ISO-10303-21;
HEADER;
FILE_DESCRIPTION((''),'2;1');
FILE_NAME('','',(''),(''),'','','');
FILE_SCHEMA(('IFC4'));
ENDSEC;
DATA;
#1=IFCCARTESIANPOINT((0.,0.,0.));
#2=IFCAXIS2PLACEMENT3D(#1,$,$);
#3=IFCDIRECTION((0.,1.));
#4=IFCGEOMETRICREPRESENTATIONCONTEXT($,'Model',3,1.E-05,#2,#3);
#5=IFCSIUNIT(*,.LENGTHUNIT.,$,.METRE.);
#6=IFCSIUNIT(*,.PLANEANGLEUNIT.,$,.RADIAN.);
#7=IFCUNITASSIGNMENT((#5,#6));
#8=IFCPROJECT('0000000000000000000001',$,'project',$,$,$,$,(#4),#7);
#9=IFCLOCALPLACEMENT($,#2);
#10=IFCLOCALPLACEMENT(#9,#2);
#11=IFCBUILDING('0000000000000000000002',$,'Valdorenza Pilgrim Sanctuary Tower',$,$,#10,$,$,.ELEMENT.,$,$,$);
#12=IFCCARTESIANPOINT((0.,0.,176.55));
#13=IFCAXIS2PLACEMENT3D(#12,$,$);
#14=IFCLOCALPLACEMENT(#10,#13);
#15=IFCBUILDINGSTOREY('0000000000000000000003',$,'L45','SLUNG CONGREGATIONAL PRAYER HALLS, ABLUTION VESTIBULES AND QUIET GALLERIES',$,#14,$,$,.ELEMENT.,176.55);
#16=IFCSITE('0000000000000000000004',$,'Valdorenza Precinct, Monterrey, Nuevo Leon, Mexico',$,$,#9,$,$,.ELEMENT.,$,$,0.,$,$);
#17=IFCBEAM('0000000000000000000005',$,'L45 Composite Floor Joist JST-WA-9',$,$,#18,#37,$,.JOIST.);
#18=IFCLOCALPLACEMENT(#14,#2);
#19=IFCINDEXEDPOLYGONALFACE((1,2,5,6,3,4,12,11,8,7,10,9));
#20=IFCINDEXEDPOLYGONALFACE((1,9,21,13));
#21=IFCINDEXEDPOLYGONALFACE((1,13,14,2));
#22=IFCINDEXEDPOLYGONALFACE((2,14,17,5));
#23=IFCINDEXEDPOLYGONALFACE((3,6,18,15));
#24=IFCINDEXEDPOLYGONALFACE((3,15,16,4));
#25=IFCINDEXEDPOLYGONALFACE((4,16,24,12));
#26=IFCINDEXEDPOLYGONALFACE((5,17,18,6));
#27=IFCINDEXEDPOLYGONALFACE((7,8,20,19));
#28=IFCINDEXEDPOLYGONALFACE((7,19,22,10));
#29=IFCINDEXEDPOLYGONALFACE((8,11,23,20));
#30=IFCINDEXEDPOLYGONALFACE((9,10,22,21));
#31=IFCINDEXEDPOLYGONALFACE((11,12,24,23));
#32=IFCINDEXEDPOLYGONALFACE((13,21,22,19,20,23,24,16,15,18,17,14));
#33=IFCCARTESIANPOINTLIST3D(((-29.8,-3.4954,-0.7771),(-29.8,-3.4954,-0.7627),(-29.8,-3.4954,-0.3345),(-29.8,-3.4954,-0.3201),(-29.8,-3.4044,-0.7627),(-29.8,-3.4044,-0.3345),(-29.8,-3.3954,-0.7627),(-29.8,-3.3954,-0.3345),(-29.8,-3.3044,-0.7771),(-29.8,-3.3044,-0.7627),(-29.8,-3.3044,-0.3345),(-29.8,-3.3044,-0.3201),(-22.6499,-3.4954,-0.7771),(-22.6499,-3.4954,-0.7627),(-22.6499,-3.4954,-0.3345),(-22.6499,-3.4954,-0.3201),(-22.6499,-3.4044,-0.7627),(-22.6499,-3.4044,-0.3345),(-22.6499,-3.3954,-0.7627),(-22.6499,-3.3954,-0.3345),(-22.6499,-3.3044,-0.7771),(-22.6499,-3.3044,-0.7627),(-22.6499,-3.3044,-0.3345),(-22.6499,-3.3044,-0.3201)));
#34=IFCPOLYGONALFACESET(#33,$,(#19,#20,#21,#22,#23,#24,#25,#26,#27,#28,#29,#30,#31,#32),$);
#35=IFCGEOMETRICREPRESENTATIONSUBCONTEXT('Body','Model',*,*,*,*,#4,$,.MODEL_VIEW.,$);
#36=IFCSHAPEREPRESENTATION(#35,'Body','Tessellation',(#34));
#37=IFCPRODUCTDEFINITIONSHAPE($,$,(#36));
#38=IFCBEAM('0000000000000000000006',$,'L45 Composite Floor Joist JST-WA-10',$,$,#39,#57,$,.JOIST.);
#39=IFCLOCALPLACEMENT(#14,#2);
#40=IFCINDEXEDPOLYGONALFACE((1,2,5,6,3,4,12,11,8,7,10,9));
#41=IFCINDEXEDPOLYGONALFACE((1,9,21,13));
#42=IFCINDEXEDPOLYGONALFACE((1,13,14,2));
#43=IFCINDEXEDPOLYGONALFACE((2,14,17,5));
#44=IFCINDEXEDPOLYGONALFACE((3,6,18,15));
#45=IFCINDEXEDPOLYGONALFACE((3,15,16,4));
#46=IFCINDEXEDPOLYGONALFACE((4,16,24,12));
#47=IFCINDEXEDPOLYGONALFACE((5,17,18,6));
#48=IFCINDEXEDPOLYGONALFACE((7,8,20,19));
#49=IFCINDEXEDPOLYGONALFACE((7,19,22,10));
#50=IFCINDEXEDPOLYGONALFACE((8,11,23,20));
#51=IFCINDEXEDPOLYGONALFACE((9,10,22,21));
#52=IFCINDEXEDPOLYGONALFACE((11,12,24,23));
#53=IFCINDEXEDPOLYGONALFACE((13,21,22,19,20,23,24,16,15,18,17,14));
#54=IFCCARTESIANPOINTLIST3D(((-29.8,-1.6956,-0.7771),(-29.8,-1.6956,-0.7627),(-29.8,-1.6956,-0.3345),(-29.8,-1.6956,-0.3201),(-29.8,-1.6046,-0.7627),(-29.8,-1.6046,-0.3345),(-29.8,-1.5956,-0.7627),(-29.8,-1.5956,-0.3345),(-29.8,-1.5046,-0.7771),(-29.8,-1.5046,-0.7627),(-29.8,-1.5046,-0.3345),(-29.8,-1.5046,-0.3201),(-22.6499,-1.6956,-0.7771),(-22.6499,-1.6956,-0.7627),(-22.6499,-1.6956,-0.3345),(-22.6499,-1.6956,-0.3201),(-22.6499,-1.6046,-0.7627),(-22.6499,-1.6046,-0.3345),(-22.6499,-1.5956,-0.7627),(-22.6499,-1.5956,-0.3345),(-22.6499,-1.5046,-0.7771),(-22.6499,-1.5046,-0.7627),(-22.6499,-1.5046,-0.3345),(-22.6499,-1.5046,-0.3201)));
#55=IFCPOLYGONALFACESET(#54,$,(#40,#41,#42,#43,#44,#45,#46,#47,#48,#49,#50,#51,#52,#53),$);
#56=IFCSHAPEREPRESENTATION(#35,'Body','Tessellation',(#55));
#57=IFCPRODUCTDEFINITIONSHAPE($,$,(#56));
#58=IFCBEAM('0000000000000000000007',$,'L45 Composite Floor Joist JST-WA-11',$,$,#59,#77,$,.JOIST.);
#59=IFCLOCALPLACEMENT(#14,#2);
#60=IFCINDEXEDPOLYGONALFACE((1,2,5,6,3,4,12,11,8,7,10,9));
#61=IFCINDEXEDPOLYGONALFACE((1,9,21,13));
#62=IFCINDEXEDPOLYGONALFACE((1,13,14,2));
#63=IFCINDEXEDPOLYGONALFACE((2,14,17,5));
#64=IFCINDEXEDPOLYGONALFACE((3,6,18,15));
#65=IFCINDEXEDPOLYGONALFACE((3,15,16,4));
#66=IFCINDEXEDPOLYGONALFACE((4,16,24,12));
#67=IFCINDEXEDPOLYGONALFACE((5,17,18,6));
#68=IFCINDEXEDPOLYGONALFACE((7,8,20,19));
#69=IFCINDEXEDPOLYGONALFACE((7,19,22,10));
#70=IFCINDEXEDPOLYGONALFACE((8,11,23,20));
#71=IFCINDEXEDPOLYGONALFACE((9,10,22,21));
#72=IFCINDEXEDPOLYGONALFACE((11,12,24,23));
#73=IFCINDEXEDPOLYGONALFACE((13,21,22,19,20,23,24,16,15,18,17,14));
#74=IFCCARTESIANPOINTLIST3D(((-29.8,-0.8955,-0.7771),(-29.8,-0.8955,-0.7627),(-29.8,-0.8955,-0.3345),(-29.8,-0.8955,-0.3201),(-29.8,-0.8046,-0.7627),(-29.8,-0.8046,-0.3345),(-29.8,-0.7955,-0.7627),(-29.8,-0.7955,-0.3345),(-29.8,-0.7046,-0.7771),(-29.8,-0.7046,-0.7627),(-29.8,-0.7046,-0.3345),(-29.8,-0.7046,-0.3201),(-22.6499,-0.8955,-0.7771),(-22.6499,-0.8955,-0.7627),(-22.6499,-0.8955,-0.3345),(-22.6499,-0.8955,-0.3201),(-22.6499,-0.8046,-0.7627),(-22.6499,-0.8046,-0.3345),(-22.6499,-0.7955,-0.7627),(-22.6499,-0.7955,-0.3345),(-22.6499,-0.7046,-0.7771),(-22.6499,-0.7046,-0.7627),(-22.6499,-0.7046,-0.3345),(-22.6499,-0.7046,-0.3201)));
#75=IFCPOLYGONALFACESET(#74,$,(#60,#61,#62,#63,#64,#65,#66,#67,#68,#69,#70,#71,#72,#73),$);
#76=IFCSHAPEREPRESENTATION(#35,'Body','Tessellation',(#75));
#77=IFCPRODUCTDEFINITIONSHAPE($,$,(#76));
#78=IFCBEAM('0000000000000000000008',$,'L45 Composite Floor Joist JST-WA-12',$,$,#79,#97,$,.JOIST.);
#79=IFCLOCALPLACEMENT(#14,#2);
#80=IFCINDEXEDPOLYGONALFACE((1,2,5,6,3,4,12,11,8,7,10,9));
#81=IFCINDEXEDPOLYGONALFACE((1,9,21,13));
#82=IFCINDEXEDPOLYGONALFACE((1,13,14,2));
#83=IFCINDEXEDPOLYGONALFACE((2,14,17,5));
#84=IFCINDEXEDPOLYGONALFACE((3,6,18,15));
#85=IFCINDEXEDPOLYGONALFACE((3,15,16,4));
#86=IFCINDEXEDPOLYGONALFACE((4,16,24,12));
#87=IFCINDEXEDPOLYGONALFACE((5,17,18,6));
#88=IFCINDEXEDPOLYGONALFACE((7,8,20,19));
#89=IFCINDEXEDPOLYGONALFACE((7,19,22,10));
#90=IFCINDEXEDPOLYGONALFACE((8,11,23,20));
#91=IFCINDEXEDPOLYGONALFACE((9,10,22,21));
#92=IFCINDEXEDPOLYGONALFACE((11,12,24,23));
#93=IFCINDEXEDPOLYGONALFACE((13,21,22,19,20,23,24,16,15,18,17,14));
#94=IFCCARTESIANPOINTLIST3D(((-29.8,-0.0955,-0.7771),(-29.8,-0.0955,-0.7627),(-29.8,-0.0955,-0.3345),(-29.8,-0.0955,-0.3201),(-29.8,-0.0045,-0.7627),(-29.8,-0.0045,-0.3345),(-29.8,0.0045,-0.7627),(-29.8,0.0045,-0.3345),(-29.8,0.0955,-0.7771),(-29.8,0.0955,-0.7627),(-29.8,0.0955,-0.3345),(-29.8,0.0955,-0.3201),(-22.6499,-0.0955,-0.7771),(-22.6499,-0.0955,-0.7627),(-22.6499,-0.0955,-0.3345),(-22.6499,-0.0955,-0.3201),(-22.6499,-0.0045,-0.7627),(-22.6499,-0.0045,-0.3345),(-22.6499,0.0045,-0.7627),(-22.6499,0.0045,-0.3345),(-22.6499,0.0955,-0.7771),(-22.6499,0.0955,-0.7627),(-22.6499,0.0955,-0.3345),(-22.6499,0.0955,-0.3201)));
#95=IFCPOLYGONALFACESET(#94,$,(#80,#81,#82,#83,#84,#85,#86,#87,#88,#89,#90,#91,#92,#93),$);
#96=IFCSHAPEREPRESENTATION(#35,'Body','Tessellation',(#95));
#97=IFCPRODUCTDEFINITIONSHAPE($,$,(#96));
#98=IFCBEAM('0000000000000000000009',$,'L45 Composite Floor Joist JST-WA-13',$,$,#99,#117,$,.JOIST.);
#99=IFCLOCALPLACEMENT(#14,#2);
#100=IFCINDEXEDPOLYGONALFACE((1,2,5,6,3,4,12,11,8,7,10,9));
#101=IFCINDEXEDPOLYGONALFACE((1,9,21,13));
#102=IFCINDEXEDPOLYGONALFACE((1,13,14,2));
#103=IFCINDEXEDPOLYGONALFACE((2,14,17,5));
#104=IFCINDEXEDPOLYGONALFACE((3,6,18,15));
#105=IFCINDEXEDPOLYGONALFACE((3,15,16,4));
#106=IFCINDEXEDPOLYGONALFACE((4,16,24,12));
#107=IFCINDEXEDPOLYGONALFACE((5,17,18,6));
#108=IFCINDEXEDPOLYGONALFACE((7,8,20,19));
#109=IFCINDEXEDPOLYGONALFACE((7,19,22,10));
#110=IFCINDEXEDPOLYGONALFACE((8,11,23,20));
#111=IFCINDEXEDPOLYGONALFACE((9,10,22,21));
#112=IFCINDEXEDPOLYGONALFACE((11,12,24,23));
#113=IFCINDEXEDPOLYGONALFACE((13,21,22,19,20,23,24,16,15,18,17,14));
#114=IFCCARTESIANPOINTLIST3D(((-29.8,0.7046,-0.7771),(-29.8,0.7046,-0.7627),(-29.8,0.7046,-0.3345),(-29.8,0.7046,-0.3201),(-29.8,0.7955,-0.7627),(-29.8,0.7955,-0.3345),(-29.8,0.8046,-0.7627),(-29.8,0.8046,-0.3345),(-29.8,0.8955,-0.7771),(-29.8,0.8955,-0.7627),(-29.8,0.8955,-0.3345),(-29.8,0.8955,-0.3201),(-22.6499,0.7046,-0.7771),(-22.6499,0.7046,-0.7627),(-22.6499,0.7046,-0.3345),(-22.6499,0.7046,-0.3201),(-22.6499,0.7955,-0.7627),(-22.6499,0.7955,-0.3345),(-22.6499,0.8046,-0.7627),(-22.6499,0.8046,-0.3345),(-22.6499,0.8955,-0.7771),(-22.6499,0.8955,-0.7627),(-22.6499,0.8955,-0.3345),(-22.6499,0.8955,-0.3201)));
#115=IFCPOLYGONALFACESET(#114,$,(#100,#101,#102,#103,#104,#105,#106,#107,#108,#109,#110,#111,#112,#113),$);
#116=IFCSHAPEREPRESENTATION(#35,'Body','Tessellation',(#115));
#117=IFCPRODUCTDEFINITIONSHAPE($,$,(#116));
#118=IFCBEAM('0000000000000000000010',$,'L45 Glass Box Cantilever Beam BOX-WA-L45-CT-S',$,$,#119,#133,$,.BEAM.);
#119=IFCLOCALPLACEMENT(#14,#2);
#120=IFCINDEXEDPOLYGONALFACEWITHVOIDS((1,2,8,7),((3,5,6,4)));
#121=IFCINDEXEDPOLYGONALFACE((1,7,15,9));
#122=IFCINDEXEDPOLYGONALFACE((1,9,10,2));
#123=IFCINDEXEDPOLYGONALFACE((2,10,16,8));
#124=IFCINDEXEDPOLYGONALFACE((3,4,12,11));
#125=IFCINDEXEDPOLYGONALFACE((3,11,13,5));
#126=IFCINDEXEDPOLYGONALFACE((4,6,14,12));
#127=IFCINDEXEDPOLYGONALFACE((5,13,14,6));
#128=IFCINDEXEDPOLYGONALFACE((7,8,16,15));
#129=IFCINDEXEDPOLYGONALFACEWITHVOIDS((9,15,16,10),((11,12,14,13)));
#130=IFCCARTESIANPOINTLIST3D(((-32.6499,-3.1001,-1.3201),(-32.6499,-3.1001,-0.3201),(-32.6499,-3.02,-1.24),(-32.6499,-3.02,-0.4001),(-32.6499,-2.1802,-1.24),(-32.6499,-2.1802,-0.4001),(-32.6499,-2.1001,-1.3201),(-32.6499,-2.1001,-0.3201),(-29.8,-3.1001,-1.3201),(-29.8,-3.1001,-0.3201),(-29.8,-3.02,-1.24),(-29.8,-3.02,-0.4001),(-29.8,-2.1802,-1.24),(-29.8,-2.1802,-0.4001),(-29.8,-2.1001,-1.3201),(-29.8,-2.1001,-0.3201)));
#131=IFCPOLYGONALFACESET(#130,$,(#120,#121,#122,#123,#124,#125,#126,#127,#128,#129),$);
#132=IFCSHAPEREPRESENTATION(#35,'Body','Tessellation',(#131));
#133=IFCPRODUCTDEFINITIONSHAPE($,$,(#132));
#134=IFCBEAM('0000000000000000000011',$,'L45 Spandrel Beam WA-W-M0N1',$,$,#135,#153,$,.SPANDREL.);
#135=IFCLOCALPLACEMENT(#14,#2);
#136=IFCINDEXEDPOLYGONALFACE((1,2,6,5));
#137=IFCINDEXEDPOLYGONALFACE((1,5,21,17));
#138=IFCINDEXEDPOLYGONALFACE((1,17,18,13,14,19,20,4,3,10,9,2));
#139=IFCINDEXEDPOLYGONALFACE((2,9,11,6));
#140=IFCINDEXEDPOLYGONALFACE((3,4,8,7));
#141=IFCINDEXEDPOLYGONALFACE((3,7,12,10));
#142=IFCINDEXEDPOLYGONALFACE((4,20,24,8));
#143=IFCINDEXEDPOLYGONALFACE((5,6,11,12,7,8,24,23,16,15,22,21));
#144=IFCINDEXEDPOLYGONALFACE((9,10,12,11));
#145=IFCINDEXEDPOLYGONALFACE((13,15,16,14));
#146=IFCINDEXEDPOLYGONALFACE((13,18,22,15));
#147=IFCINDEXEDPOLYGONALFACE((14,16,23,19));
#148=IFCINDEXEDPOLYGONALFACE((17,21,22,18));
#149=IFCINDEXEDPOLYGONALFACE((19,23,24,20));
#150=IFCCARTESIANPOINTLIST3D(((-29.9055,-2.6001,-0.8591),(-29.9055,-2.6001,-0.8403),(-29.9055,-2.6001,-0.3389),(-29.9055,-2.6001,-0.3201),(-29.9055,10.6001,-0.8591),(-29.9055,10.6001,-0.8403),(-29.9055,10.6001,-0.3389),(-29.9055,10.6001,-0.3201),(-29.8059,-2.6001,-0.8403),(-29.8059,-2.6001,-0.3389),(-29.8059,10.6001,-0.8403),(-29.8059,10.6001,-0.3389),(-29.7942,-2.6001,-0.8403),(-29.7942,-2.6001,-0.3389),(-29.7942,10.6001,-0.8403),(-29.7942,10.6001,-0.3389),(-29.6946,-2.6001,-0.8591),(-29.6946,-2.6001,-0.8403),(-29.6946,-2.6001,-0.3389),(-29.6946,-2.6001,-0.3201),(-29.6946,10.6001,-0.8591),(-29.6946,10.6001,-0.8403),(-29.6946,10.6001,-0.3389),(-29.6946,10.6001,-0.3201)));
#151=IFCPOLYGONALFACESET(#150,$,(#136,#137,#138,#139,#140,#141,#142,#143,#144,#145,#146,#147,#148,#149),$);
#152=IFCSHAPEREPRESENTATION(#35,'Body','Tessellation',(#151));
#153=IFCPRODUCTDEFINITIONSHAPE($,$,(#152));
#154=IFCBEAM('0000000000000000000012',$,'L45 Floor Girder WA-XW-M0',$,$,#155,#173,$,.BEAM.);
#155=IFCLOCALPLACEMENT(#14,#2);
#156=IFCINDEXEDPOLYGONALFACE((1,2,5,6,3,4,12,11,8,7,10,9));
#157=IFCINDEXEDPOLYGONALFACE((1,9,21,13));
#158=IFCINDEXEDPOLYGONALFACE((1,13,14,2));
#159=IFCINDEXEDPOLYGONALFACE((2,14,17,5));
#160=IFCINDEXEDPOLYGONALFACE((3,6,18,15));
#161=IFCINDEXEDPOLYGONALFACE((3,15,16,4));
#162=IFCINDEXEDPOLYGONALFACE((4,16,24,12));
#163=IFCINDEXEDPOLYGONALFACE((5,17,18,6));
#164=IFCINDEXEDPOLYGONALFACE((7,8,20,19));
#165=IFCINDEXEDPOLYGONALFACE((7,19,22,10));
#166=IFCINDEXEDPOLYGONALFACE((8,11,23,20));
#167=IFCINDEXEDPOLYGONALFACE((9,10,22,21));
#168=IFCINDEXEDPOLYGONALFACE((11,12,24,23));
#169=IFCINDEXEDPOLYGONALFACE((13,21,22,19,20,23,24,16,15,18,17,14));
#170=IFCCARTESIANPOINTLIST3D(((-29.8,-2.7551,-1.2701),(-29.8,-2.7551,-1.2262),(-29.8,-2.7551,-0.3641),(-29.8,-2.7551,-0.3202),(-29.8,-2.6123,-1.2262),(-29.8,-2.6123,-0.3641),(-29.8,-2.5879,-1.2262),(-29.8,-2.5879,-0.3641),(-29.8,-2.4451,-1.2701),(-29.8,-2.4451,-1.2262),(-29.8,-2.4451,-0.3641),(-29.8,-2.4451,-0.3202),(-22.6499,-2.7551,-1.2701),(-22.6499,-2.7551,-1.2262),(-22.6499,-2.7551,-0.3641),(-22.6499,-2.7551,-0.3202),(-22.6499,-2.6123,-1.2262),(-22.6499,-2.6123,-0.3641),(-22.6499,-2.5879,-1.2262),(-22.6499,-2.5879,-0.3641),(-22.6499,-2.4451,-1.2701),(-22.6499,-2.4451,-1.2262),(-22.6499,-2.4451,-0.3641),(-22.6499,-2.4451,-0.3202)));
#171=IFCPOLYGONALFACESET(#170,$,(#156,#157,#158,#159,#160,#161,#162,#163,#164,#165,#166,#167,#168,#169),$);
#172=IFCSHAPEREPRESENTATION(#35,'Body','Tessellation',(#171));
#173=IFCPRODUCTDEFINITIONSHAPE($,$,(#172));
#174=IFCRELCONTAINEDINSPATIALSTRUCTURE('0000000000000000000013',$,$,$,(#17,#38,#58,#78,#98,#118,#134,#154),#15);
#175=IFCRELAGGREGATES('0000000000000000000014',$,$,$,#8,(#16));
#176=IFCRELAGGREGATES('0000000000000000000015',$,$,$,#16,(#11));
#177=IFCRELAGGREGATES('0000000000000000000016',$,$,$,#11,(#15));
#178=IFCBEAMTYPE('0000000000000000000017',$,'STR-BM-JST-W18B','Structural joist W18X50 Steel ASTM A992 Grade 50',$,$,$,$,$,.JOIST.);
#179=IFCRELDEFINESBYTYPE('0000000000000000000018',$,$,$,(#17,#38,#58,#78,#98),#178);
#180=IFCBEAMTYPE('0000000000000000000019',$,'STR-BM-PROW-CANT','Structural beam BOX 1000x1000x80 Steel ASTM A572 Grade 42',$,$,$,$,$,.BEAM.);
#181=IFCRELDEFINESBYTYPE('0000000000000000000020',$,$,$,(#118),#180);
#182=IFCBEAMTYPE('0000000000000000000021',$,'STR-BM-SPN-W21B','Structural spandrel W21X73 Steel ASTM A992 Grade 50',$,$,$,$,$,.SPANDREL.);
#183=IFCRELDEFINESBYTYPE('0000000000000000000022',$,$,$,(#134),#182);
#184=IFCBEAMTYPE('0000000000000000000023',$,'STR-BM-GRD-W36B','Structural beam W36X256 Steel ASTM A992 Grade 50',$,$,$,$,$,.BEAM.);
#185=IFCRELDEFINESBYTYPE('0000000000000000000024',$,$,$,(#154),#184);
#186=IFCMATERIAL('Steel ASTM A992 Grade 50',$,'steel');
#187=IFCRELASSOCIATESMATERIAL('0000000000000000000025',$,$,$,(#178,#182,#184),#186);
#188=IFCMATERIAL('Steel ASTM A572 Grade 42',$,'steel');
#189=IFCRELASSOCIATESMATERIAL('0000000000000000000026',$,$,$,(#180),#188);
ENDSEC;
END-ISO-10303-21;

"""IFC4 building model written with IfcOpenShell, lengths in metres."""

from ifc_helpers import new_model, si_unit, direction, frame, origin, origin_2d, place, context, subcontext, project, spatial, hollow_rectangle, i_section, extrude, source, transform, mapped, material, material_profile, profile_set, type_object, element, save


model = new_model("IFC4")

# Units and contexts
model_context = context("Model", 3, precision=1e-05, world=origin(), true_north=direction((0.0, 1.0)))
body_context = subcontext(model_context, "Body", "Model", "MODEL_VIEW")
ifc_project = project(units=[si_unit("LENGTHUNIT", "METRE"), si_unit("PLANEANGLEUNIT", "RADIAN")], contexts=[model_context])

# Site, building, storey
site_placement = place(None, origin())
site = spatial("IfcSite", under=ifc_project, at=site_placement, Name="Valdorenza Precinct, Monterrey, Nuevo Leon, Mexico", CompositionType="ELEMENT", RefElevation=0.0)
building_placement = place(site_placement, origin())
building = spatial("IfcBuilding", under=site, at=building_placement, Name="Valdorenza Pilgrim Sanctuary Tower", CompositionType="ELEMENT")
storey_placement = place(building_placement, frame((0.0, 0.0, 176.55)))
storey = spatial("IfcBuildingStorey", under=building, at=storey_placement, Name="L45", Description="SLUNG CONGREGATIONAL PRAYER HALLS, ABLUTION VESTIBULES AND QUIET GALLERIES", CompositionType="ELEMENT", Elevation=176.55)

# Beams
ifc_material_1 = material(Name="Steel ASTM A992 Grade 50", Category="steel")
ifc_material_profile_1 = material_profile(ifc_material_1, i_section(OverallWidth=0.1909, OverallDepth=0.457, WebThickness=0.009, FlangeThickness=0.0144, at=origin_2d()), Name="W18X50")
ifc_profile_set_1 = profile_set([ifc_material_profile_1], Name="Steel ASTM A992 Grade 50")
beam_type_1 = type_object("IfcBeamType", Name="STR-BM-JST-W18B", Description="Structural joist W18X50 Steel ASTM A992 Grade 50", PredefinedType="JOIST", material=ifc_profile_set_1)
shared_shape_1 = source(origin(), body_context, "Body", "SweptSolid", [
    extrude(i_section(OverallWidth=0.1909, OverallDepth=0.457, WebThickness=0.009, FlangeThickness=0.0144, at=origin_2d()), origin(), (0.0, 0.0, 1.0), 7.1501),
])
for number, where, z_axis, x_axis, name in (
    (1, (-29.8, -3.3999, -0.5486), (1.0, 0.0, 0.0), (0.0, 1.0, 0.0), "L45 Composite Floor Joist JST-WA-9"),
    (2, (-29.8, -1.6001, -0.5486), (1.0, 0.0, 0.0), (0.0, 1.0, 0.0), "L45 Composite Floor Joist JST-WA-10"),
    (3, (-29.8, -0.8, -0.5486), (1.0, 0.0, 0.0), (0.0, 1.0, 0.0), "L45 Composite Floor Joist JST-WA-11"),
    (4, (-29.8, 0.0, -0.5486), (1.0, 0.0, 0.0), (0.0, 1.0, 0.0), "L45 Composite Floor Joist JST-WA-12"),
    (5, (-29.8, 0.8, -0.5486), (1.0, 0.0, 0.0), (0.0, 1.0, 0.0), "L45 Composite Floor Joist JST-WA-13"),
):
    element("IfcBeam", number, at=place(storey_placement, frame(where, z_axis=z_axis, x_axis=x_axis)), inside=storey, type_object=beam_type_1, Name=name, PredefinedType="JOIST", context=body_context, shape_type="MappedRepresentation", body=[
        mapped(shared_shape_1, transform((0.0, 0.0, 0.0), x_axis=(1.0, 0.0, 0.0), y_axis=(0.0, 1.0, 0.0), z_axis=(0.0, 0.0, 1.0), scale=1.0)),
    ])
ifc_material_2 = material(Name="Steel ASTM A572 Grade 42", Category="steel")
ifc_material_profile_2 = material_profile(ifc_material_2, hollow_rectangle(XDim=1.0, YDim=1.0, WallThickness=0.0801, at=origin_2d()), Name="BOX 1000x1000x80")
ifc_profile_set_2 = profile_set([ifc_material_profile_2], Name="Steel ASTM A572 Grade 42")
beam_type_2 = type_object("IfcBeamType", Name="STR-BM-PROW-CANT", Description="Structural beam BOX 1000x1000x80 Steel ASTM A572 Grade 42", PredefinedType="BEAM", material=ifc_profile_set_2)
shared_shape_2 = source(origin(), body_context, "Body", "SweptSolid", [
    extrude(hollow_rectangle(XDim=1.0, YDim=1.0, WallThickness=0.0801, at=origin_2d()), origin(), (0.0, 0.0, 1.0), 2.8499),
])
beam_1_placement = place(storey_placement, frame((-29.8, -2.6001, -0.8201), z_axis=(-1.0, 0.0, 0.0), x_axis=(0.0, -1.0, 0.0)))
element("IfcBeam", 6, at=beam_1_placement, inside=storey, type_object=beam_type_2, Name="L45 Glass Box Cantilever Beam BOX-WA-L45-CT-S", PredefinedType="BEAM", context=body_context, shape_type="MappedRepresentation", body=[
    mapped(shared_shape_2, transform((0.0, 0.0, 0.0), x_axis=(1.0, 0.0, 0.0), y_axis=(0.0, 1.0, 0.0), z_axis=(0.0, 0.0, 1.0), scale=1.0)),
])
ifc_material_profile_3 = material_profile(ifc_material_1, i_section(OverallWidth=0.2109, OverallDepth=0.5391, WebThickness=0.0117, FlangeThickness=0.0188, at=origin_2d()), Name="W21X73")
ifc_profile_set_3 = profile_set([ifc_material_profile_3], Name="Steel ASTM A992 Grade 50")
beam_type_3 = type_object("IfcBeamType", Name="STR-BM-SPN-W21B", Description="Structural spandrel W21X73 Steel ASTM A992 Grade 50", PredefinedType="SPANDREL", material=ifc_profile_set_3)
shared_shape_3 = source(origin(), body_context, "Body", "SweptSolid", [
    extrude(i_section(OverallWidth=0.2109, OverallDepth=0.5391, WebThickness=0.0117, FlangeThickness=0.0188, at=origin_2d()), origin(), (0.0, 0.0, 1.0), 13.2002),
])
beam_2_placement = place(storey_placement, frame((-29.8, -2.6001, -0.5896), z_axis=(0.0, 1.0, 0.0), x_axis=(-1.0, 0.0, 0.0)))
element("IfcBeam", 7, at=beam_2_placement, inside=storey, type_object=beam_type_3, Name="L45 Spandrel Beam WA-W-M0N1", PredefinedType="SPANDREL", context=body_context, shape_type="MappedRepresentation", body=[
    mapped(shared_shape_3, transform((0.0, 0.0, 0.0), x_axis=(1.0, 0.0, 0.0), y_axis=(0.0, 1.0, 0.0), z_axis=(0.0, 0.0, 1.0), scale=1.0)),
])
ifc_material_profile_4 = material_profile(ifc_material_1, i_section(OverallWidth=0.3101, OverallDepth=0.95, WebThickness=0.0244, FlangeThickness=0.0439, at=origin_2d()), Name="W36X256")
ifc_profile_set_4 = profile_set([ifc_material_profile_4], Name="Steel ASTM A992 Grade 50")
beam_type_4 = type_object("IfcBeamType", Name="STR-BM-GRD-W36B", Description="Structural beam W36X256 Steel ASTM A992 Grade 50", PredefinedType="BEAM", material=ifc_profile_set_4)
shared_shape_4 = source(origin(), body_context, "Body", "SweptSolid", [
    extrude(i_section(OverallWidth=0.3101, OverallDepth=0.95, WebThickness=0.0244, FlangeThickness=0.0439, at=origin_2d()), origin(), (0.0, 0.0, 1.0), 7.1501),
])
beam_3_placement = place(storey_placement, frame((-29.8, -2.6001, -0.7952), z_axis=(1.0, 0.0, 0.0), x_axis=(0.0, 1.0, 0.0)))
element("IfcBeam", 8, at=beam_3_placement, inside=storey, type_object=beam_type_4, Name="L45 Floor Girder WA-XW-M0", PredefinedType="BEAM", context=body_context, shape_type="MappedRepresentation", body=[
    mapped(shared_shape_4, transform((0.0, 0.0, 0.0), x_axis=(1.0, 0.0, 0.0), y_axis=(0.0, 1.0, 0.0), z_axis=(0.0, 0.0, 1.0), scale=1.0)),
])

save(model, "model.ifc")
